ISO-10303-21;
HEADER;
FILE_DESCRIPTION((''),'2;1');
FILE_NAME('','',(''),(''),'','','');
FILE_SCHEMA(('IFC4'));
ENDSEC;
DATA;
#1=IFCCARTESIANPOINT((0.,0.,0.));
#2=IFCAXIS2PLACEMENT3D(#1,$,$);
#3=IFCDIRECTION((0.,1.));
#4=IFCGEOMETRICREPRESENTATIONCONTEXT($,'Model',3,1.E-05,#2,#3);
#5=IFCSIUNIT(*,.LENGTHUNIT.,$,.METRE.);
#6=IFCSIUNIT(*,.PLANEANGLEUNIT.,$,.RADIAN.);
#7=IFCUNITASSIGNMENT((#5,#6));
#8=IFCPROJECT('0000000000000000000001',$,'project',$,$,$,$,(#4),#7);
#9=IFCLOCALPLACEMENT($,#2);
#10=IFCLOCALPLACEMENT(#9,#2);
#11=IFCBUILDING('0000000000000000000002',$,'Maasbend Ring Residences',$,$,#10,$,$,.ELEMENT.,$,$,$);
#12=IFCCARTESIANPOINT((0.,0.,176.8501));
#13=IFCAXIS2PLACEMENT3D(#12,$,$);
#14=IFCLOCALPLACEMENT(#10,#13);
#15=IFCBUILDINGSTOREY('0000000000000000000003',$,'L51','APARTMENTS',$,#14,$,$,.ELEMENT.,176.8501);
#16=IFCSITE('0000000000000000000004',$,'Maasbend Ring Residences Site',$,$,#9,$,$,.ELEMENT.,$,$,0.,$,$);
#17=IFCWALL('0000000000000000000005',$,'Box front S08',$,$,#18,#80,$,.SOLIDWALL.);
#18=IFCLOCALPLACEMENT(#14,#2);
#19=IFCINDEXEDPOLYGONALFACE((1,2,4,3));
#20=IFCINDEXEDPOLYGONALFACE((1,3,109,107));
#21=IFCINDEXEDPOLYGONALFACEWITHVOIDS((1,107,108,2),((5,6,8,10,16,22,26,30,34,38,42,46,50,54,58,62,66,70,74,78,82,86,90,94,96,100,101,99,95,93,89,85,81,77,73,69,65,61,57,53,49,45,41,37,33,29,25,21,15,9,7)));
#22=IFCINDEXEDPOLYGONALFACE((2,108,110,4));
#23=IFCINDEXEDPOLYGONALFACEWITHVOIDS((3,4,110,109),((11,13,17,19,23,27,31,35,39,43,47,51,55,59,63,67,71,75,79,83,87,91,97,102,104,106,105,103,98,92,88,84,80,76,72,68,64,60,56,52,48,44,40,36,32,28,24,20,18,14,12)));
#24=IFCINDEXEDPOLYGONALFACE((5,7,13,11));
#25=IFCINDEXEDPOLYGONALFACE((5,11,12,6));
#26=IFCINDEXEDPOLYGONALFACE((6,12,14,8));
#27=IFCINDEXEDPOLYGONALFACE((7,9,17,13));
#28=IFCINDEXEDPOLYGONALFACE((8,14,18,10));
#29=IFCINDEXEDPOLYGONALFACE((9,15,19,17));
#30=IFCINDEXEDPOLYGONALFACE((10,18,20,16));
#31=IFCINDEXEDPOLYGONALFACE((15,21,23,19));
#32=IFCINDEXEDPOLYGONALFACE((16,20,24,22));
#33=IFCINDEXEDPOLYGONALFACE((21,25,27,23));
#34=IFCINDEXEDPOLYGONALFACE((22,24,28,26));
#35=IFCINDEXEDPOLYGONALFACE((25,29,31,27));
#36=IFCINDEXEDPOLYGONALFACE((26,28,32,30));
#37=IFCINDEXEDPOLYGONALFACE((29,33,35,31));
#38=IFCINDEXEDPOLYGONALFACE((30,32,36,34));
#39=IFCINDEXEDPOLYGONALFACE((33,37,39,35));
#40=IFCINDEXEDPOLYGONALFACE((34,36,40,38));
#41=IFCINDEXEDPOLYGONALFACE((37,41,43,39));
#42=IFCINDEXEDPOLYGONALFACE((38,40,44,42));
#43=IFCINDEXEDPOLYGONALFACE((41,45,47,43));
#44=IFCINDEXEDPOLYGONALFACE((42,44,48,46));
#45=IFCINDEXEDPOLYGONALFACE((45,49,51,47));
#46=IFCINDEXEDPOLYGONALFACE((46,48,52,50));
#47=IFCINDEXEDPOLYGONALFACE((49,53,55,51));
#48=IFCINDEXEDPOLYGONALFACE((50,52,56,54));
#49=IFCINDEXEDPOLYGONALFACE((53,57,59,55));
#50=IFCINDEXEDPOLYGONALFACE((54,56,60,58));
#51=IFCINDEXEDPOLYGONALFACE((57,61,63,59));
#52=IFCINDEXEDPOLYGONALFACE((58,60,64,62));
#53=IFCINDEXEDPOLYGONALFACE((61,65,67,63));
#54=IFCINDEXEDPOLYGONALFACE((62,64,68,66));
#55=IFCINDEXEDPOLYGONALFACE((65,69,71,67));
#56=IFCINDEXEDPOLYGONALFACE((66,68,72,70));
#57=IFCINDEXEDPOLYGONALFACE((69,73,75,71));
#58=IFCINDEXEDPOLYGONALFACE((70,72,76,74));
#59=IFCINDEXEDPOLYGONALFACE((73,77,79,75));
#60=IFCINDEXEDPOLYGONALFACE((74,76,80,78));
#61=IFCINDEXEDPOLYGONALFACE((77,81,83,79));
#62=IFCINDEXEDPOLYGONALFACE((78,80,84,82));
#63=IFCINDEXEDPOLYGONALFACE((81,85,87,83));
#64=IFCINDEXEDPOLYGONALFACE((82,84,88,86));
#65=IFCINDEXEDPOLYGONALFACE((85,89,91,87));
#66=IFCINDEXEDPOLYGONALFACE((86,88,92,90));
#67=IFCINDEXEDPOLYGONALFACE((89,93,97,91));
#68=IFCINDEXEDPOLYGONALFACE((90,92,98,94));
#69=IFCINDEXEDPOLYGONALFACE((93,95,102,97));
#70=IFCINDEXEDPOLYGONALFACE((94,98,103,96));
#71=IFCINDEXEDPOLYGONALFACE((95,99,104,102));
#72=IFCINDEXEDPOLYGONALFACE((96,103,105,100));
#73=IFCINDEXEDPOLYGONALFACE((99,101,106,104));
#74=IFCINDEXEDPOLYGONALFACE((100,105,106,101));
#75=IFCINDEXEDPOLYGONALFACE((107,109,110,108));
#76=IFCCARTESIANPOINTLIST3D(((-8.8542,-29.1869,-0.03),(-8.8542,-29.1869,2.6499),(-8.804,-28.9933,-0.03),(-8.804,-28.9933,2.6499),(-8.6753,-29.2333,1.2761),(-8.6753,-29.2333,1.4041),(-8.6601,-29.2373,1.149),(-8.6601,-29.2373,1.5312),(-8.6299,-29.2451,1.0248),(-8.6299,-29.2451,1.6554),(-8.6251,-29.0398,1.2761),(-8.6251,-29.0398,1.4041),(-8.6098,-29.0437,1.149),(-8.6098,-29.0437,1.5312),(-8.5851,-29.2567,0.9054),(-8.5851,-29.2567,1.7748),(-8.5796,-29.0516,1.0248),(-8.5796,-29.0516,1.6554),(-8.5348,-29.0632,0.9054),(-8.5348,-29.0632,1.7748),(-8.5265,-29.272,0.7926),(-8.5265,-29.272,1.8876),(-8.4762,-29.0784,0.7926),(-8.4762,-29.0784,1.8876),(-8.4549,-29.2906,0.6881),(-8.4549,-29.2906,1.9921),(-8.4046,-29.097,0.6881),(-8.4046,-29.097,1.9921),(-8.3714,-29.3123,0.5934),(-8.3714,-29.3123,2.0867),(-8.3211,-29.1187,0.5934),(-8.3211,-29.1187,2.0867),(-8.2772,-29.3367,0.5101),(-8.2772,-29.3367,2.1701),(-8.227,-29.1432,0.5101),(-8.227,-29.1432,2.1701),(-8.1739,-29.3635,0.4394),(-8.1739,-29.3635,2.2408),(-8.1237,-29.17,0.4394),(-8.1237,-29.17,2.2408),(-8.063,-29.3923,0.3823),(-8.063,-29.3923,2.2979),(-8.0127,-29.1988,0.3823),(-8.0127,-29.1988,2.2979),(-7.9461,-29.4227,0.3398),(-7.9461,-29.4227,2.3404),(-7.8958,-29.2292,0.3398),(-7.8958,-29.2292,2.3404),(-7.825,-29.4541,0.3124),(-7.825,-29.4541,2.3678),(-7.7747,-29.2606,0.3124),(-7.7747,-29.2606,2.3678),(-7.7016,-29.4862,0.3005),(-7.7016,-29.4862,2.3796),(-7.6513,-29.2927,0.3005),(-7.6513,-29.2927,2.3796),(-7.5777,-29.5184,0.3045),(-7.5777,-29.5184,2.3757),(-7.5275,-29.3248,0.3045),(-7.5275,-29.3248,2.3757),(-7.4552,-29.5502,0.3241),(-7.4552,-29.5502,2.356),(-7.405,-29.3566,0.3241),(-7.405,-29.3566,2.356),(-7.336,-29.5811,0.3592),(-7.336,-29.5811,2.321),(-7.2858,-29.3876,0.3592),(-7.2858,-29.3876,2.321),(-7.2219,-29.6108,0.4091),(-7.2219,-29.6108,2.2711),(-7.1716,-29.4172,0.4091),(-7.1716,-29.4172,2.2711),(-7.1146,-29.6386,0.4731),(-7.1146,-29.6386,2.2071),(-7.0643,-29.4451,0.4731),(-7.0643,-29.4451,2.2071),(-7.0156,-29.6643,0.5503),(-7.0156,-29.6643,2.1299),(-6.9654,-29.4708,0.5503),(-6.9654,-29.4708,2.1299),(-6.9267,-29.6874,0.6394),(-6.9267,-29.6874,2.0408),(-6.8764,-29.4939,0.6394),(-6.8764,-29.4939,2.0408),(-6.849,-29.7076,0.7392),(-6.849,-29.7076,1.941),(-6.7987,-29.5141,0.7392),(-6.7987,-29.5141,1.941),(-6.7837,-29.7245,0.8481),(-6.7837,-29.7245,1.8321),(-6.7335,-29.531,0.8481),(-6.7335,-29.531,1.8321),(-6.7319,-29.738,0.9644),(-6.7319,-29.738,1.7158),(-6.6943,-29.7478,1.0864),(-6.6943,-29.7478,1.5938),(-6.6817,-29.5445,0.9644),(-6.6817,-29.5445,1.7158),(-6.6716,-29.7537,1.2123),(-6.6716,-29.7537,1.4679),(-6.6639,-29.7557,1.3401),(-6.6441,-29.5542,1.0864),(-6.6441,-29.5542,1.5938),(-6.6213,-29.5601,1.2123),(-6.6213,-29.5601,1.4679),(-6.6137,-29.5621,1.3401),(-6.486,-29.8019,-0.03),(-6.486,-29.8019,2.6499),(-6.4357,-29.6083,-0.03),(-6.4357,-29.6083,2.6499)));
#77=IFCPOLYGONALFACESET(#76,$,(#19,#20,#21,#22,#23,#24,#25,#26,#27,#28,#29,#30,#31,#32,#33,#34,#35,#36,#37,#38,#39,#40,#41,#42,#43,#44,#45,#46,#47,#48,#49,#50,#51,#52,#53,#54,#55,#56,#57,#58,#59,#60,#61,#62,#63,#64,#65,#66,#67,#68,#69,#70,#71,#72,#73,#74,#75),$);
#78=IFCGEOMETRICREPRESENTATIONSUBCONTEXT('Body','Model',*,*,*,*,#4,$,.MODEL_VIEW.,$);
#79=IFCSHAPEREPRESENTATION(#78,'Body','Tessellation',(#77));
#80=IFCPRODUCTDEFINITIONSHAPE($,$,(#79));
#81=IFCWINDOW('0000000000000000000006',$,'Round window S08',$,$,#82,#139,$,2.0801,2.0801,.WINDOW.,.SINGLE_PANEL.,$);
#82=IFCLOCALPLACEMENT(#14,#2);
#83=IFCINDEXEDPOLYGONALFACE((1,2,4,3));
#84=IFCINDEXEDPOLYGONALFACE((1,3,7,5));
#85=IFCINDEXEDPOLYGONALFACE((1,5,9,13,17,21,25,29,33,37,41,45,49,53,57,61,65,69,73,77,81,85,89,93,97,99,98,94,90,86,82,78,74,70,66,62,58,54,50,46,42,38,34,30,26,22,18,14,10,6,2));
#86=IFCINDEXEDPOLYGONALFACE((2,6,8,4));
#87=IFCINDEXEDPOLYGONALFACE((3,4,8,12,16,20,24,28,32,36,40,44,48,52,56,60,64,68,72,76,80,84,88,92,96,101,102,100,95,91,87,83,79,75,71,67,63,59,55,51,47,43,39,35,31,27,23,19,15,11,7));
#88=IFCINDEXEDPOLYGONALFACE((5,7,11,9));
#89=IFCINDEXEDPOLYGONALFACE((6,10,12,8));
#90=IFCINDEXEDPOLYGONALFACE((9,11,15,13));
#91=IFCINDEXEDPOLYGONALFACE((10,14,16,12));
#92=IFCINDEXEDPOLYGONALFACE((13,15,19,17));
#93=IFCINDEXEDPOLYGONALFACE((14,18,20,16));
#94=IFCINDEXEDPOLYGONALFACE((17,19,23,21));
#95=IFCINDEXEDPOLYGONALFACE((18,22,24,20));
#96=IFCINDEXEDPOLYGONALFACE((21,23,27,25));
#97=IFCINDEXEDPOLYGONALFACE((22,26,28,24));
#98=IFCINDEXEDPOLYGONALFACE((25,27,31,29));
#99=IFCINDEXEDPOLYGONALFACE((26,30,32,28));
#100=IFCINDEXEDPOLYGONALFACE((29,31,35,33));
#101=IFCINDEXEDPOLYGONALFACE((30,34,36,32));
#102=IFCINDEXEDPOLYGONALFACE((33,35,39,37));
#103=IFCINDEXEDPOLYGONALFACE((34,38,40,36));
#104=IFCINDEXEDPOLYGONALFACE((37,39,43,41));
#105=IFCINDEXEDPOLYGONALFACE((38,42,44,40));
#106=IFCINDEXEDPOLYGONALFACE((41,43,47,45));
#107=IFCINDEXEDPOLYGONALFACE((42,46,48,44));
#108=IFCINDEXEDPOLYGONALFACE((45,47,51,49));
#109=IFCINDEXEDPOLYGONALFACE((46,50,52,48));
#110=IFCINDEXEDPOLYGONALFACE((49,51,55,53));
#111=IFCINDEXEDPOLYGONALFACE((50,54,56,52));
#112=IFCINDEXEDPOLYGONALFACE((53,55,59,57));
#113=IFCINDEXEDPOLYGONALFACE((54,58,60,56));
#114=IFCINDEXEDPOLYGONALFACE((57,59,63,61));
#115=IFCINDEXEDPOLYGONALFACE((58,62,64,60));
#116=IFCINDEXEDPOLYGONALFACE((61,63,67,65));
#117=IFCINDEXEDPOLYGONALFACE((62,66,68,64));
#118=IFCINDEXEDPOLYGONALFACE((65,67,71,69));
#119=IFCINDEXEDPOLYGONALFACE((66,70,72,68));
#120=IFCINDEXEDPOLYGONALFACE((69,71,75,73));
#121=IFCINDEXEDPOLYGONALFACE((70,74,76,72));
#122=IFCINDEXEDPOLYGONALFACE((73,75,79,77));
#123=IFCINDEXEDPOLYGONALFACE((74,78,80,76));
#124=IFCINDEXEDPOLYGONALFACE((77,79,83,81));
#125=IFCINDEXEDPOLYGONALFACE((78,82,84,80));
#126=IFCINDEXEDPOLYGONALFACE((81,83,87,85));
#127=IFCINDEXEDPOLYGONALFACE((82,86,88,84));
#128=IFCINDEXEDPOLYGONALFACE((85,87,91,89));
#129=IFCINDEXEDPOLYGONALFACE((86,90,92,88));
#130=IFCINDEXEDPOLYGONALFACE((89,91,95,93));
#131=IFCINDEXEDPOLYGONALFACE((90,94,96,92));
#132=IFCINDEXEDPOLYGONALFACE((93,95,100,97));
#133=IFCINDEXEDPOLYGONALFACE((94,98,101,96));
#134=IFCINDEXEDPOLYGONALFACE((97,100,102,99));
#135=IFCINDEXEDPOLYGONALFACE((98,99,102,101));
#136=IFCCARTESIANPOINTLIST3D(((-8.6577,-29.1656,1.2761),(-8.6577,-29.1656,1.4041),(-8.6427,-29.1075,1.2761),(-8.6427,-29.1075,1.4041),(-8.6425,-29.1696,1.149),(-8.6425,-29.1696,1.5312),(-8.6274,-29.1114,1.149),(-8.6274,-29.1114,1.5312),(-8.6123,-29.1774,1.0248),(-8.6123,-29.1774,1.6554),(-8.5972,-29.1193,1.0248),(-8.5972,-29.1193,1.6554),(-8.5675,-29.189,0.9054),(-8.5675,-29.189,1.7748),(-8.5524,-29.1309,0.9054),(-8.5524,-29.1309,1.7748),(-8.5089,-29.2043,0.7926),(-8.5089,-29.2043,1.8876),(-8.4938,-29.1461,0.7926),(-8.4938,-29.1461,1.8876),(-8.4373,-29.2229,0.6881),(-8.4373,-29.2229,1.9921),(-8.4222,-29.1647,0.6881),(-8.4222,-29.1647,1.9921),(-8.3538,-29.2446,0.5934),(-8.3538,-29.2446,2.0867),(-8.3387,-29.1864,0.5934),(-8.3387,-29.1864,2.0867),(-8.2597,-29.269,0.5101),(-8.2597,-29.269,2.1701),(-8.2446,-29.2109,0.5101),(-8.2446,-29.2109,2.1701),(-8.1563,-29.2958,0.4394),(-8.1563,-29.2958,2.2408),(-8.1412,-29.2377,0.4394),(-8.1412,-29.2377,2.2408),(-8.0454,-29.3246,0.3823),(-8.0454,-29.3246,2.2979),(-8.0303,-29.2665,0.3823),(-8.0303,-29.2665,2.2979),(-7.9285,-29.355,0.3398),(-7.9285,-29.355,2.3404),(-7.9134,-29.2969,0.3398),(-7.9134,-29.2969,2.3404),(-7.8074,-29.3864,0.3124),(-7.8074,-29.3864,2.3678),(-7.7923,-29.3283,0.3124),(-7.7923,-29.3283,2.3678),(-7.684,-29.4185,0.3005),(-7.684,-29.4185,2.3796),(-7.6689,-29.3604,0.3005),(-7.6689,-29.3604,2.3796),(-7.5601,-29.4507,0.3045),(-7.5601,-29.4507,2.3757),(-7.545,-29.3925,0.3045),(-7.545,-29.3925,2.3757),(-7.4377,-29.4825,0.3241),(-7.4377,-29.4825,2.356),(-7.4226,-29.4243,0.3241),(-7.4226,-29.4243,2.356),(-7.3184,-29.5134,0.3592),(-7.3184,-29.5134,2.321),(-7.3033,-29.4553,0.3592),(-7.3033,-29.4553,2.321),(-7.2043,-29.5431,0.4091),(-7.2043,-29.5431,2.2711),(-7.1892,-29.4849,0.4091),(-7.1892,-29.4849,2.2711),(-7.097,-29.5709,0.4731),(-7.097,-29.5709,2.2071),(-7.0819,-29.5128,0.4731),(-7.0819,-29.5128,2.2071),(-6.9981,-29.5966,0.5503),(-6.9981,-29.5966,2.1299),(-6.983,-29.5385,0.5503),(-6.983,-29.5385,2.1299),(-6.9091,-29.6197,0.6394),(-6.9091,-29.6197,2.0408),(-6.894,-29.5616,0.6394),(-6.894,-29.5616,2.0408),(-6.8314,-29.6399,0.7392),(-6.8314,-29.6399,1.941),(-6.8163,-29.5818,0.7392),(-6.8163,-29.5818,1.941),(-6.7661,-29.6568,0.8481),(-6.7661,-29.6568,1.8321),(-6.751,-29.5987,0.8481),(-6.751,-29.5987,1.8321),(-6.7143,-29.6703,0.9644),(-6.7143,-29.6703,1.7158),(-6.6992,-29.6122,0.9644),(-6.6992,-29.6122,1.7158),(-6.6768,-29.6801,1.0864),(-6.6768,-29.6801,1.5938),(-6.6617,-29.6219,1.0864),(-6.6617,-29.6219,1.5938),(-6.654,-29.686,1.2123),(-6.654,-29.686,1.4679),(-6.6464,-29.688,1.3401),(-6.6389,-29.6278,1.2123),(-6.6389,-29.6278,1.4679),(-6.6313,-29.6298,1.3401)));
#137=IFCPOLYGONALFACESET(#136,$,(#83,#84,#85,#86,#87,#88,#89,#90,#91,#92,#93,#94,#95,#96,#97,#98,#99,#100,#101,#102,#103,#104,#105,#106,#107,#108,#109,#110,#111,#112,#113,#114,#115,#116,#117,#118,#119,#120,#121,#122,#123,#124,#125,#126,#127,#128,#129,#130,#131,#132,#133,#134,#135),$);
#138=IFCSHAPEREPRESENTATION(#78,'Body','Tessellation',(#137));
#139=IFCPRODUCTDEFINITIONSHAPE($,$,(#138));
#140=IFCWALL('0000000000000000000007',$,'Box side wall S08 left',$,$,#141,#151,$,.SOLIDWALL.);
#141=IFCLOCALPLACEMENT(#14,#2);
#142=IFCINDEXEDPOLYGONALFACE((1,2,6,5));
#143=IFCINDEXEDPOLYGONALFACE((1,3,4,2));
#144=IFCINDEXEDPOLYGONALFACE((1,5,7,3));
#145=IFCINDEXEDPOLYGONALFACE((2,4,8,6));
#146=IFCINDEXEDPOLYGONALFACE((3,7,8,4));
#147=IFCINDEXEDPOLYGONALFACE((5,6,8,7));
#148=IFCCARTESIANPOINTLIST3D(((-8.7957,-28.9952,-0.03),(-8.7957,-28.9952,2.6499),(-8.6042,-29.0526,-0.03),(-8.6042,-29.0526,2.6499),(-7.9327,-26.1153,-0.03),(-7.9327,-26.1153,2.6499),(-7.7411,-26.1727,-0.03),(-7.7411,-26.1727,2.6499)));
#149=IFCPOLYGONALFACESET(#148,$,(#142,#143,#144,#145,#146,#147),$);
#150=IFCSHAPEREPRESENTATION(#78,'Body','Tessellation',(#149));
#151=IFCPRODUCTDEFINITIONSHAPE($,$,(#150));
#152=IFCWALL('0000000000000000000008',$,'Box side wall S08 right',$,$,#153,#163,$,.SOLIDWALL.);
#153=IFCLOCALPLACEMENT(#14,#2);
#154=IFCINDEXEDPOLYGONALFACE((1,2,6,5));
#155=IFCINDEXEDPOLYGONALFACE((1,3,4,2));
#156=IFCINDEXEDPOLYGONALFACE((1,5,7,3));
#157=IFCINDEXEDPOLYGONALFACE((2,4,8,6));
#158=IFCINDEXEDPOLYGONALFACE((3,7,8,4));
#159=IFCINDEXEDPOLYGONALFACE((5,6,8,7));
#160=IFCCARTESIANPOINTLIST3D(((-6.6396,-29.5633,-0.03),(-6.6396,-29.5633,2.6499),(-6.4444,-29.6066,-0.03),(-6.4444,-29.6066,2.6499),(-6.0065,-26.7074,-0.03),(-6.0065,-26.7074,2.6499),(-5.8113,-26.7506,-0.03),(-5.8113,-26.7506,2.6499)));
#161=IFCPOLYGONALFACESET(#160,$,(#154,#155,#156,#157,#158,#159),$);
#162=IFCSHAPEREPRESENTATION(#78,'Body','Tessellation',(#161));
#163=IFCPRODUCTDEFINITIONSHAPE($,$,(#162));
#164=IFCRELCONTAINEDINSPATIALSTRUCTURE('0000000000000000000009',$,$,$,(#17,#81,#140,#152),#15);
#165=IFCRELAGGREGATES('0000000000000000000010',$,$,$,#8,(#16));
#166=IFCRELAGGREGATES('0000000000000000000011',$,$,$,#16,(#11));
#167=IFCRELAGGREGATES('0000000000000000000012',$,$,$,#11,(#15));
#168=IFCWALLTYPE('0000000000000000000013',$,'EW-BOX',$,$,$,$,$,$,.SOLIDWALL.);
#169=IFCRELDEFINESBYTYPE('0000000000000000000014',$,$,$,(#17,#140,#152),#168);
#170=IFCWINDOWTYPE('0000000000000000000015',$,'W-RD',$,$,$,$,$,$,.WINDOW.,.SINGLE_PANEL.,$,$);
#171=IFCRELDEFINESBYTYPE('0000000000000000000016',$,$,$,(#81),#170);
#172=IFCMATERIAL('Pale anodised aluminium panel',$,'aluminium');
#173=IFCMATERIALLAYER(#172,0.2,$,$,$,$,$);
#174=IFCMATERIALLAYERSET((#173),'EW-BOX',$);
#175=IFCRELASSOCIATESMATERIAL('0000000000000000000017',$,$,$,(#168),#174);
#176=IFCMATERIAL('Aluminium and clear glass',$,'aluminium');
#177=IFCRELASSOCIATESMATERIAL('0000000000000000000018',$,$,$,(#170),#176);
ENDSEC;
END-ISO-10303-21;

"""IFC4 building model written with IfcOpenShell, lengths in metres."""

from ifc_helpers import new_model, si_unit, direction, frame, frame_2d, origin, place, context, subcontext, project, spatial, rectangle, circle, extrude, material, layer, layer_set, type_object, element, fill, save


model = new_model("IFC4")

# Units and contexts
model_context = context("Model", 3, precision=1e-05, world=origin(), true_north=direction((0.0, 1.0)))
body_context = subcontext(model_context, "Body", "Model", "MODEL_VIEW")
ifc_project = project(units=[si_unit("LENGTHUNIT", "METRE"), si_unit("PLANEANGLEUNIT", "RADIAN")], contexts=[model_context])

# Site, building, storey
site_placement = place(None, origin())
site = spatial("IfcSite", under=ifc_project, at=site_placement, Name="Maasbend Ring Residences Site", CompositionType="ELEMENT", RefElevation=0.0)
building_placement = place(site_placement, origin())
building = spatial("IfcBuilding", under=site, at=building_placement, Name="Maasbend Ring Residences", CompositionType="ELEMENT")
storey_placement = place(building_placement, frame((0.0, 0.0, 176.8501)))
storey = spatial("IfcBuildingStorey", under=building, at=storey_placement, Name="L51", Description="APARTMENTS", CompositionType="ELEMENT", Elevation=176.8501)

# Shared definitions
ifc_material_1 = material(Name="Pale anodised aluminium panel", Category="aluminium")
ifc_layer_1 = layer(ifc_material_1, 0.2)
ifc_layer_set_1 = layer_set([ifc_layer_1], Name="EW-BOX")
wall_type_1 = type_object("IfcWallType", Name="EW-BOX", PredefinedType="SOLIDWALL", material=ifc_layer_set_1)

# Wall, opening, window
wall_1_placement = place(storey_placement, frame((-8.8291, -29.0901, -0.03), z_axis=(0.0, 0.0, 1.0), x_axis=(0.967895, -0.251353, 0.0)))
wall_1 = element("IfcWall", 1, at=wall_1_placement, inside=storey, type_object=wall_type_1, Name="Box front S08", PredefinedType="SOLIDWALL", context=body_context, shape_type="SweptSolid", body=[
    extrude(rectangle(XDim=2.4468, YDim=0.2, at=frame_2d((1.2234, 0.0))), origin(), (0.0, 0.0, 1.0), 2.6799),
])
opening_1_placement = place(wall_1_placement, frame((0.1829, 0.0, 0.3301)))
opening_1 = element("IfcOpeningElement", 2, at=opening_1_placement, cuts=wall_1, PredefinedType="OPENING", context=body_context, shape_type="SweptSolid", body=[
    extrude(circle(Radius=1.04, at=frame_2d((1.04, 1.04))), frame((0.0, 0.1099, 0.0), z_axis=(0.0, -1.0, 0.0), x_axis=(1.0, 0.0, 0.0)), (0.0, 0.0, 1.0), 0.22),
])
ifc_material_2 = material(Name="Aluminium and clear glass", Category="aluminium")
window_type_1 = type_object("IfcWindowType", Name="W-RD", PartitioningType="SINGLE_PANEL", PredefinedType="WINDOW", material=ifc_material_2)
window_1_placement = place(opening_1_placement, origin())
window_1 = element("IfcWindow", 3, at=window_1_placement, inside=storey, type_object=window_type_1, Name="Round window S08", OverallHeight=2.0801, OverallWidth=2.0801, PartitioningType="SINGLE_PANEL", PredefinedType="WINDOW", context=body_context, shape_type="SweptSolid", body=[
    extrude(circle(Radius=1.04, at=frame_2d((1.04, 1.04))), frame((0.0, 0.03, 0.0), z_axis=(0.0, -1.0, 0.0), x_axis=(1.0, 0.0, 0.0)), (0.0, 0.0, 1.0), 0.0601),
])
fill(opening_1, window_1)

# Walls
wall_2_placement = place(storey_placement, frame((-7.8369, -26.144, -0.03), z_axis=(0.0, 0.0, 1.0), x_axis=(-0.287065, -0.957911, 0.0)))
element("IfcWall", 4, at=wall_2_placement, inside=storey, type_object=wall_type_1, Name="Box side wall S08 left", PredefinedType="SOLIDWALL", context=body_context, shape_type="SweptSolid", body=[
    extrude(rectangle(XDim=3.0063, YDim=0.2, at=frame_2d((1.5032, 0.0))), origin(), (0.0, 0.0, 1.0), 2.6799),
])
wall_3_placement = place(storey_placement, frame((-5.9089, -26.729, -0.03), z_axis=(0.0, 0.0, 1.0), x_axis=(-0.216409, -0.976303, 0.0)))
element("IfcWall", 5, at=wall_3_placement, inside=storey, type_object=wall_type_1, Name="Box side wall S08 right", PredefinedType="SOLIDWALL", context=body_context, shape_type="SweptSolid", body=[
    extrude(rectangle(XDim=2.9253, YDim=0.2, at=frame_2d((1.4626, 0.0))), origin(), (0.0, 0.0, 1.0), 2.6799),
])

save(model, "model.ifc")
